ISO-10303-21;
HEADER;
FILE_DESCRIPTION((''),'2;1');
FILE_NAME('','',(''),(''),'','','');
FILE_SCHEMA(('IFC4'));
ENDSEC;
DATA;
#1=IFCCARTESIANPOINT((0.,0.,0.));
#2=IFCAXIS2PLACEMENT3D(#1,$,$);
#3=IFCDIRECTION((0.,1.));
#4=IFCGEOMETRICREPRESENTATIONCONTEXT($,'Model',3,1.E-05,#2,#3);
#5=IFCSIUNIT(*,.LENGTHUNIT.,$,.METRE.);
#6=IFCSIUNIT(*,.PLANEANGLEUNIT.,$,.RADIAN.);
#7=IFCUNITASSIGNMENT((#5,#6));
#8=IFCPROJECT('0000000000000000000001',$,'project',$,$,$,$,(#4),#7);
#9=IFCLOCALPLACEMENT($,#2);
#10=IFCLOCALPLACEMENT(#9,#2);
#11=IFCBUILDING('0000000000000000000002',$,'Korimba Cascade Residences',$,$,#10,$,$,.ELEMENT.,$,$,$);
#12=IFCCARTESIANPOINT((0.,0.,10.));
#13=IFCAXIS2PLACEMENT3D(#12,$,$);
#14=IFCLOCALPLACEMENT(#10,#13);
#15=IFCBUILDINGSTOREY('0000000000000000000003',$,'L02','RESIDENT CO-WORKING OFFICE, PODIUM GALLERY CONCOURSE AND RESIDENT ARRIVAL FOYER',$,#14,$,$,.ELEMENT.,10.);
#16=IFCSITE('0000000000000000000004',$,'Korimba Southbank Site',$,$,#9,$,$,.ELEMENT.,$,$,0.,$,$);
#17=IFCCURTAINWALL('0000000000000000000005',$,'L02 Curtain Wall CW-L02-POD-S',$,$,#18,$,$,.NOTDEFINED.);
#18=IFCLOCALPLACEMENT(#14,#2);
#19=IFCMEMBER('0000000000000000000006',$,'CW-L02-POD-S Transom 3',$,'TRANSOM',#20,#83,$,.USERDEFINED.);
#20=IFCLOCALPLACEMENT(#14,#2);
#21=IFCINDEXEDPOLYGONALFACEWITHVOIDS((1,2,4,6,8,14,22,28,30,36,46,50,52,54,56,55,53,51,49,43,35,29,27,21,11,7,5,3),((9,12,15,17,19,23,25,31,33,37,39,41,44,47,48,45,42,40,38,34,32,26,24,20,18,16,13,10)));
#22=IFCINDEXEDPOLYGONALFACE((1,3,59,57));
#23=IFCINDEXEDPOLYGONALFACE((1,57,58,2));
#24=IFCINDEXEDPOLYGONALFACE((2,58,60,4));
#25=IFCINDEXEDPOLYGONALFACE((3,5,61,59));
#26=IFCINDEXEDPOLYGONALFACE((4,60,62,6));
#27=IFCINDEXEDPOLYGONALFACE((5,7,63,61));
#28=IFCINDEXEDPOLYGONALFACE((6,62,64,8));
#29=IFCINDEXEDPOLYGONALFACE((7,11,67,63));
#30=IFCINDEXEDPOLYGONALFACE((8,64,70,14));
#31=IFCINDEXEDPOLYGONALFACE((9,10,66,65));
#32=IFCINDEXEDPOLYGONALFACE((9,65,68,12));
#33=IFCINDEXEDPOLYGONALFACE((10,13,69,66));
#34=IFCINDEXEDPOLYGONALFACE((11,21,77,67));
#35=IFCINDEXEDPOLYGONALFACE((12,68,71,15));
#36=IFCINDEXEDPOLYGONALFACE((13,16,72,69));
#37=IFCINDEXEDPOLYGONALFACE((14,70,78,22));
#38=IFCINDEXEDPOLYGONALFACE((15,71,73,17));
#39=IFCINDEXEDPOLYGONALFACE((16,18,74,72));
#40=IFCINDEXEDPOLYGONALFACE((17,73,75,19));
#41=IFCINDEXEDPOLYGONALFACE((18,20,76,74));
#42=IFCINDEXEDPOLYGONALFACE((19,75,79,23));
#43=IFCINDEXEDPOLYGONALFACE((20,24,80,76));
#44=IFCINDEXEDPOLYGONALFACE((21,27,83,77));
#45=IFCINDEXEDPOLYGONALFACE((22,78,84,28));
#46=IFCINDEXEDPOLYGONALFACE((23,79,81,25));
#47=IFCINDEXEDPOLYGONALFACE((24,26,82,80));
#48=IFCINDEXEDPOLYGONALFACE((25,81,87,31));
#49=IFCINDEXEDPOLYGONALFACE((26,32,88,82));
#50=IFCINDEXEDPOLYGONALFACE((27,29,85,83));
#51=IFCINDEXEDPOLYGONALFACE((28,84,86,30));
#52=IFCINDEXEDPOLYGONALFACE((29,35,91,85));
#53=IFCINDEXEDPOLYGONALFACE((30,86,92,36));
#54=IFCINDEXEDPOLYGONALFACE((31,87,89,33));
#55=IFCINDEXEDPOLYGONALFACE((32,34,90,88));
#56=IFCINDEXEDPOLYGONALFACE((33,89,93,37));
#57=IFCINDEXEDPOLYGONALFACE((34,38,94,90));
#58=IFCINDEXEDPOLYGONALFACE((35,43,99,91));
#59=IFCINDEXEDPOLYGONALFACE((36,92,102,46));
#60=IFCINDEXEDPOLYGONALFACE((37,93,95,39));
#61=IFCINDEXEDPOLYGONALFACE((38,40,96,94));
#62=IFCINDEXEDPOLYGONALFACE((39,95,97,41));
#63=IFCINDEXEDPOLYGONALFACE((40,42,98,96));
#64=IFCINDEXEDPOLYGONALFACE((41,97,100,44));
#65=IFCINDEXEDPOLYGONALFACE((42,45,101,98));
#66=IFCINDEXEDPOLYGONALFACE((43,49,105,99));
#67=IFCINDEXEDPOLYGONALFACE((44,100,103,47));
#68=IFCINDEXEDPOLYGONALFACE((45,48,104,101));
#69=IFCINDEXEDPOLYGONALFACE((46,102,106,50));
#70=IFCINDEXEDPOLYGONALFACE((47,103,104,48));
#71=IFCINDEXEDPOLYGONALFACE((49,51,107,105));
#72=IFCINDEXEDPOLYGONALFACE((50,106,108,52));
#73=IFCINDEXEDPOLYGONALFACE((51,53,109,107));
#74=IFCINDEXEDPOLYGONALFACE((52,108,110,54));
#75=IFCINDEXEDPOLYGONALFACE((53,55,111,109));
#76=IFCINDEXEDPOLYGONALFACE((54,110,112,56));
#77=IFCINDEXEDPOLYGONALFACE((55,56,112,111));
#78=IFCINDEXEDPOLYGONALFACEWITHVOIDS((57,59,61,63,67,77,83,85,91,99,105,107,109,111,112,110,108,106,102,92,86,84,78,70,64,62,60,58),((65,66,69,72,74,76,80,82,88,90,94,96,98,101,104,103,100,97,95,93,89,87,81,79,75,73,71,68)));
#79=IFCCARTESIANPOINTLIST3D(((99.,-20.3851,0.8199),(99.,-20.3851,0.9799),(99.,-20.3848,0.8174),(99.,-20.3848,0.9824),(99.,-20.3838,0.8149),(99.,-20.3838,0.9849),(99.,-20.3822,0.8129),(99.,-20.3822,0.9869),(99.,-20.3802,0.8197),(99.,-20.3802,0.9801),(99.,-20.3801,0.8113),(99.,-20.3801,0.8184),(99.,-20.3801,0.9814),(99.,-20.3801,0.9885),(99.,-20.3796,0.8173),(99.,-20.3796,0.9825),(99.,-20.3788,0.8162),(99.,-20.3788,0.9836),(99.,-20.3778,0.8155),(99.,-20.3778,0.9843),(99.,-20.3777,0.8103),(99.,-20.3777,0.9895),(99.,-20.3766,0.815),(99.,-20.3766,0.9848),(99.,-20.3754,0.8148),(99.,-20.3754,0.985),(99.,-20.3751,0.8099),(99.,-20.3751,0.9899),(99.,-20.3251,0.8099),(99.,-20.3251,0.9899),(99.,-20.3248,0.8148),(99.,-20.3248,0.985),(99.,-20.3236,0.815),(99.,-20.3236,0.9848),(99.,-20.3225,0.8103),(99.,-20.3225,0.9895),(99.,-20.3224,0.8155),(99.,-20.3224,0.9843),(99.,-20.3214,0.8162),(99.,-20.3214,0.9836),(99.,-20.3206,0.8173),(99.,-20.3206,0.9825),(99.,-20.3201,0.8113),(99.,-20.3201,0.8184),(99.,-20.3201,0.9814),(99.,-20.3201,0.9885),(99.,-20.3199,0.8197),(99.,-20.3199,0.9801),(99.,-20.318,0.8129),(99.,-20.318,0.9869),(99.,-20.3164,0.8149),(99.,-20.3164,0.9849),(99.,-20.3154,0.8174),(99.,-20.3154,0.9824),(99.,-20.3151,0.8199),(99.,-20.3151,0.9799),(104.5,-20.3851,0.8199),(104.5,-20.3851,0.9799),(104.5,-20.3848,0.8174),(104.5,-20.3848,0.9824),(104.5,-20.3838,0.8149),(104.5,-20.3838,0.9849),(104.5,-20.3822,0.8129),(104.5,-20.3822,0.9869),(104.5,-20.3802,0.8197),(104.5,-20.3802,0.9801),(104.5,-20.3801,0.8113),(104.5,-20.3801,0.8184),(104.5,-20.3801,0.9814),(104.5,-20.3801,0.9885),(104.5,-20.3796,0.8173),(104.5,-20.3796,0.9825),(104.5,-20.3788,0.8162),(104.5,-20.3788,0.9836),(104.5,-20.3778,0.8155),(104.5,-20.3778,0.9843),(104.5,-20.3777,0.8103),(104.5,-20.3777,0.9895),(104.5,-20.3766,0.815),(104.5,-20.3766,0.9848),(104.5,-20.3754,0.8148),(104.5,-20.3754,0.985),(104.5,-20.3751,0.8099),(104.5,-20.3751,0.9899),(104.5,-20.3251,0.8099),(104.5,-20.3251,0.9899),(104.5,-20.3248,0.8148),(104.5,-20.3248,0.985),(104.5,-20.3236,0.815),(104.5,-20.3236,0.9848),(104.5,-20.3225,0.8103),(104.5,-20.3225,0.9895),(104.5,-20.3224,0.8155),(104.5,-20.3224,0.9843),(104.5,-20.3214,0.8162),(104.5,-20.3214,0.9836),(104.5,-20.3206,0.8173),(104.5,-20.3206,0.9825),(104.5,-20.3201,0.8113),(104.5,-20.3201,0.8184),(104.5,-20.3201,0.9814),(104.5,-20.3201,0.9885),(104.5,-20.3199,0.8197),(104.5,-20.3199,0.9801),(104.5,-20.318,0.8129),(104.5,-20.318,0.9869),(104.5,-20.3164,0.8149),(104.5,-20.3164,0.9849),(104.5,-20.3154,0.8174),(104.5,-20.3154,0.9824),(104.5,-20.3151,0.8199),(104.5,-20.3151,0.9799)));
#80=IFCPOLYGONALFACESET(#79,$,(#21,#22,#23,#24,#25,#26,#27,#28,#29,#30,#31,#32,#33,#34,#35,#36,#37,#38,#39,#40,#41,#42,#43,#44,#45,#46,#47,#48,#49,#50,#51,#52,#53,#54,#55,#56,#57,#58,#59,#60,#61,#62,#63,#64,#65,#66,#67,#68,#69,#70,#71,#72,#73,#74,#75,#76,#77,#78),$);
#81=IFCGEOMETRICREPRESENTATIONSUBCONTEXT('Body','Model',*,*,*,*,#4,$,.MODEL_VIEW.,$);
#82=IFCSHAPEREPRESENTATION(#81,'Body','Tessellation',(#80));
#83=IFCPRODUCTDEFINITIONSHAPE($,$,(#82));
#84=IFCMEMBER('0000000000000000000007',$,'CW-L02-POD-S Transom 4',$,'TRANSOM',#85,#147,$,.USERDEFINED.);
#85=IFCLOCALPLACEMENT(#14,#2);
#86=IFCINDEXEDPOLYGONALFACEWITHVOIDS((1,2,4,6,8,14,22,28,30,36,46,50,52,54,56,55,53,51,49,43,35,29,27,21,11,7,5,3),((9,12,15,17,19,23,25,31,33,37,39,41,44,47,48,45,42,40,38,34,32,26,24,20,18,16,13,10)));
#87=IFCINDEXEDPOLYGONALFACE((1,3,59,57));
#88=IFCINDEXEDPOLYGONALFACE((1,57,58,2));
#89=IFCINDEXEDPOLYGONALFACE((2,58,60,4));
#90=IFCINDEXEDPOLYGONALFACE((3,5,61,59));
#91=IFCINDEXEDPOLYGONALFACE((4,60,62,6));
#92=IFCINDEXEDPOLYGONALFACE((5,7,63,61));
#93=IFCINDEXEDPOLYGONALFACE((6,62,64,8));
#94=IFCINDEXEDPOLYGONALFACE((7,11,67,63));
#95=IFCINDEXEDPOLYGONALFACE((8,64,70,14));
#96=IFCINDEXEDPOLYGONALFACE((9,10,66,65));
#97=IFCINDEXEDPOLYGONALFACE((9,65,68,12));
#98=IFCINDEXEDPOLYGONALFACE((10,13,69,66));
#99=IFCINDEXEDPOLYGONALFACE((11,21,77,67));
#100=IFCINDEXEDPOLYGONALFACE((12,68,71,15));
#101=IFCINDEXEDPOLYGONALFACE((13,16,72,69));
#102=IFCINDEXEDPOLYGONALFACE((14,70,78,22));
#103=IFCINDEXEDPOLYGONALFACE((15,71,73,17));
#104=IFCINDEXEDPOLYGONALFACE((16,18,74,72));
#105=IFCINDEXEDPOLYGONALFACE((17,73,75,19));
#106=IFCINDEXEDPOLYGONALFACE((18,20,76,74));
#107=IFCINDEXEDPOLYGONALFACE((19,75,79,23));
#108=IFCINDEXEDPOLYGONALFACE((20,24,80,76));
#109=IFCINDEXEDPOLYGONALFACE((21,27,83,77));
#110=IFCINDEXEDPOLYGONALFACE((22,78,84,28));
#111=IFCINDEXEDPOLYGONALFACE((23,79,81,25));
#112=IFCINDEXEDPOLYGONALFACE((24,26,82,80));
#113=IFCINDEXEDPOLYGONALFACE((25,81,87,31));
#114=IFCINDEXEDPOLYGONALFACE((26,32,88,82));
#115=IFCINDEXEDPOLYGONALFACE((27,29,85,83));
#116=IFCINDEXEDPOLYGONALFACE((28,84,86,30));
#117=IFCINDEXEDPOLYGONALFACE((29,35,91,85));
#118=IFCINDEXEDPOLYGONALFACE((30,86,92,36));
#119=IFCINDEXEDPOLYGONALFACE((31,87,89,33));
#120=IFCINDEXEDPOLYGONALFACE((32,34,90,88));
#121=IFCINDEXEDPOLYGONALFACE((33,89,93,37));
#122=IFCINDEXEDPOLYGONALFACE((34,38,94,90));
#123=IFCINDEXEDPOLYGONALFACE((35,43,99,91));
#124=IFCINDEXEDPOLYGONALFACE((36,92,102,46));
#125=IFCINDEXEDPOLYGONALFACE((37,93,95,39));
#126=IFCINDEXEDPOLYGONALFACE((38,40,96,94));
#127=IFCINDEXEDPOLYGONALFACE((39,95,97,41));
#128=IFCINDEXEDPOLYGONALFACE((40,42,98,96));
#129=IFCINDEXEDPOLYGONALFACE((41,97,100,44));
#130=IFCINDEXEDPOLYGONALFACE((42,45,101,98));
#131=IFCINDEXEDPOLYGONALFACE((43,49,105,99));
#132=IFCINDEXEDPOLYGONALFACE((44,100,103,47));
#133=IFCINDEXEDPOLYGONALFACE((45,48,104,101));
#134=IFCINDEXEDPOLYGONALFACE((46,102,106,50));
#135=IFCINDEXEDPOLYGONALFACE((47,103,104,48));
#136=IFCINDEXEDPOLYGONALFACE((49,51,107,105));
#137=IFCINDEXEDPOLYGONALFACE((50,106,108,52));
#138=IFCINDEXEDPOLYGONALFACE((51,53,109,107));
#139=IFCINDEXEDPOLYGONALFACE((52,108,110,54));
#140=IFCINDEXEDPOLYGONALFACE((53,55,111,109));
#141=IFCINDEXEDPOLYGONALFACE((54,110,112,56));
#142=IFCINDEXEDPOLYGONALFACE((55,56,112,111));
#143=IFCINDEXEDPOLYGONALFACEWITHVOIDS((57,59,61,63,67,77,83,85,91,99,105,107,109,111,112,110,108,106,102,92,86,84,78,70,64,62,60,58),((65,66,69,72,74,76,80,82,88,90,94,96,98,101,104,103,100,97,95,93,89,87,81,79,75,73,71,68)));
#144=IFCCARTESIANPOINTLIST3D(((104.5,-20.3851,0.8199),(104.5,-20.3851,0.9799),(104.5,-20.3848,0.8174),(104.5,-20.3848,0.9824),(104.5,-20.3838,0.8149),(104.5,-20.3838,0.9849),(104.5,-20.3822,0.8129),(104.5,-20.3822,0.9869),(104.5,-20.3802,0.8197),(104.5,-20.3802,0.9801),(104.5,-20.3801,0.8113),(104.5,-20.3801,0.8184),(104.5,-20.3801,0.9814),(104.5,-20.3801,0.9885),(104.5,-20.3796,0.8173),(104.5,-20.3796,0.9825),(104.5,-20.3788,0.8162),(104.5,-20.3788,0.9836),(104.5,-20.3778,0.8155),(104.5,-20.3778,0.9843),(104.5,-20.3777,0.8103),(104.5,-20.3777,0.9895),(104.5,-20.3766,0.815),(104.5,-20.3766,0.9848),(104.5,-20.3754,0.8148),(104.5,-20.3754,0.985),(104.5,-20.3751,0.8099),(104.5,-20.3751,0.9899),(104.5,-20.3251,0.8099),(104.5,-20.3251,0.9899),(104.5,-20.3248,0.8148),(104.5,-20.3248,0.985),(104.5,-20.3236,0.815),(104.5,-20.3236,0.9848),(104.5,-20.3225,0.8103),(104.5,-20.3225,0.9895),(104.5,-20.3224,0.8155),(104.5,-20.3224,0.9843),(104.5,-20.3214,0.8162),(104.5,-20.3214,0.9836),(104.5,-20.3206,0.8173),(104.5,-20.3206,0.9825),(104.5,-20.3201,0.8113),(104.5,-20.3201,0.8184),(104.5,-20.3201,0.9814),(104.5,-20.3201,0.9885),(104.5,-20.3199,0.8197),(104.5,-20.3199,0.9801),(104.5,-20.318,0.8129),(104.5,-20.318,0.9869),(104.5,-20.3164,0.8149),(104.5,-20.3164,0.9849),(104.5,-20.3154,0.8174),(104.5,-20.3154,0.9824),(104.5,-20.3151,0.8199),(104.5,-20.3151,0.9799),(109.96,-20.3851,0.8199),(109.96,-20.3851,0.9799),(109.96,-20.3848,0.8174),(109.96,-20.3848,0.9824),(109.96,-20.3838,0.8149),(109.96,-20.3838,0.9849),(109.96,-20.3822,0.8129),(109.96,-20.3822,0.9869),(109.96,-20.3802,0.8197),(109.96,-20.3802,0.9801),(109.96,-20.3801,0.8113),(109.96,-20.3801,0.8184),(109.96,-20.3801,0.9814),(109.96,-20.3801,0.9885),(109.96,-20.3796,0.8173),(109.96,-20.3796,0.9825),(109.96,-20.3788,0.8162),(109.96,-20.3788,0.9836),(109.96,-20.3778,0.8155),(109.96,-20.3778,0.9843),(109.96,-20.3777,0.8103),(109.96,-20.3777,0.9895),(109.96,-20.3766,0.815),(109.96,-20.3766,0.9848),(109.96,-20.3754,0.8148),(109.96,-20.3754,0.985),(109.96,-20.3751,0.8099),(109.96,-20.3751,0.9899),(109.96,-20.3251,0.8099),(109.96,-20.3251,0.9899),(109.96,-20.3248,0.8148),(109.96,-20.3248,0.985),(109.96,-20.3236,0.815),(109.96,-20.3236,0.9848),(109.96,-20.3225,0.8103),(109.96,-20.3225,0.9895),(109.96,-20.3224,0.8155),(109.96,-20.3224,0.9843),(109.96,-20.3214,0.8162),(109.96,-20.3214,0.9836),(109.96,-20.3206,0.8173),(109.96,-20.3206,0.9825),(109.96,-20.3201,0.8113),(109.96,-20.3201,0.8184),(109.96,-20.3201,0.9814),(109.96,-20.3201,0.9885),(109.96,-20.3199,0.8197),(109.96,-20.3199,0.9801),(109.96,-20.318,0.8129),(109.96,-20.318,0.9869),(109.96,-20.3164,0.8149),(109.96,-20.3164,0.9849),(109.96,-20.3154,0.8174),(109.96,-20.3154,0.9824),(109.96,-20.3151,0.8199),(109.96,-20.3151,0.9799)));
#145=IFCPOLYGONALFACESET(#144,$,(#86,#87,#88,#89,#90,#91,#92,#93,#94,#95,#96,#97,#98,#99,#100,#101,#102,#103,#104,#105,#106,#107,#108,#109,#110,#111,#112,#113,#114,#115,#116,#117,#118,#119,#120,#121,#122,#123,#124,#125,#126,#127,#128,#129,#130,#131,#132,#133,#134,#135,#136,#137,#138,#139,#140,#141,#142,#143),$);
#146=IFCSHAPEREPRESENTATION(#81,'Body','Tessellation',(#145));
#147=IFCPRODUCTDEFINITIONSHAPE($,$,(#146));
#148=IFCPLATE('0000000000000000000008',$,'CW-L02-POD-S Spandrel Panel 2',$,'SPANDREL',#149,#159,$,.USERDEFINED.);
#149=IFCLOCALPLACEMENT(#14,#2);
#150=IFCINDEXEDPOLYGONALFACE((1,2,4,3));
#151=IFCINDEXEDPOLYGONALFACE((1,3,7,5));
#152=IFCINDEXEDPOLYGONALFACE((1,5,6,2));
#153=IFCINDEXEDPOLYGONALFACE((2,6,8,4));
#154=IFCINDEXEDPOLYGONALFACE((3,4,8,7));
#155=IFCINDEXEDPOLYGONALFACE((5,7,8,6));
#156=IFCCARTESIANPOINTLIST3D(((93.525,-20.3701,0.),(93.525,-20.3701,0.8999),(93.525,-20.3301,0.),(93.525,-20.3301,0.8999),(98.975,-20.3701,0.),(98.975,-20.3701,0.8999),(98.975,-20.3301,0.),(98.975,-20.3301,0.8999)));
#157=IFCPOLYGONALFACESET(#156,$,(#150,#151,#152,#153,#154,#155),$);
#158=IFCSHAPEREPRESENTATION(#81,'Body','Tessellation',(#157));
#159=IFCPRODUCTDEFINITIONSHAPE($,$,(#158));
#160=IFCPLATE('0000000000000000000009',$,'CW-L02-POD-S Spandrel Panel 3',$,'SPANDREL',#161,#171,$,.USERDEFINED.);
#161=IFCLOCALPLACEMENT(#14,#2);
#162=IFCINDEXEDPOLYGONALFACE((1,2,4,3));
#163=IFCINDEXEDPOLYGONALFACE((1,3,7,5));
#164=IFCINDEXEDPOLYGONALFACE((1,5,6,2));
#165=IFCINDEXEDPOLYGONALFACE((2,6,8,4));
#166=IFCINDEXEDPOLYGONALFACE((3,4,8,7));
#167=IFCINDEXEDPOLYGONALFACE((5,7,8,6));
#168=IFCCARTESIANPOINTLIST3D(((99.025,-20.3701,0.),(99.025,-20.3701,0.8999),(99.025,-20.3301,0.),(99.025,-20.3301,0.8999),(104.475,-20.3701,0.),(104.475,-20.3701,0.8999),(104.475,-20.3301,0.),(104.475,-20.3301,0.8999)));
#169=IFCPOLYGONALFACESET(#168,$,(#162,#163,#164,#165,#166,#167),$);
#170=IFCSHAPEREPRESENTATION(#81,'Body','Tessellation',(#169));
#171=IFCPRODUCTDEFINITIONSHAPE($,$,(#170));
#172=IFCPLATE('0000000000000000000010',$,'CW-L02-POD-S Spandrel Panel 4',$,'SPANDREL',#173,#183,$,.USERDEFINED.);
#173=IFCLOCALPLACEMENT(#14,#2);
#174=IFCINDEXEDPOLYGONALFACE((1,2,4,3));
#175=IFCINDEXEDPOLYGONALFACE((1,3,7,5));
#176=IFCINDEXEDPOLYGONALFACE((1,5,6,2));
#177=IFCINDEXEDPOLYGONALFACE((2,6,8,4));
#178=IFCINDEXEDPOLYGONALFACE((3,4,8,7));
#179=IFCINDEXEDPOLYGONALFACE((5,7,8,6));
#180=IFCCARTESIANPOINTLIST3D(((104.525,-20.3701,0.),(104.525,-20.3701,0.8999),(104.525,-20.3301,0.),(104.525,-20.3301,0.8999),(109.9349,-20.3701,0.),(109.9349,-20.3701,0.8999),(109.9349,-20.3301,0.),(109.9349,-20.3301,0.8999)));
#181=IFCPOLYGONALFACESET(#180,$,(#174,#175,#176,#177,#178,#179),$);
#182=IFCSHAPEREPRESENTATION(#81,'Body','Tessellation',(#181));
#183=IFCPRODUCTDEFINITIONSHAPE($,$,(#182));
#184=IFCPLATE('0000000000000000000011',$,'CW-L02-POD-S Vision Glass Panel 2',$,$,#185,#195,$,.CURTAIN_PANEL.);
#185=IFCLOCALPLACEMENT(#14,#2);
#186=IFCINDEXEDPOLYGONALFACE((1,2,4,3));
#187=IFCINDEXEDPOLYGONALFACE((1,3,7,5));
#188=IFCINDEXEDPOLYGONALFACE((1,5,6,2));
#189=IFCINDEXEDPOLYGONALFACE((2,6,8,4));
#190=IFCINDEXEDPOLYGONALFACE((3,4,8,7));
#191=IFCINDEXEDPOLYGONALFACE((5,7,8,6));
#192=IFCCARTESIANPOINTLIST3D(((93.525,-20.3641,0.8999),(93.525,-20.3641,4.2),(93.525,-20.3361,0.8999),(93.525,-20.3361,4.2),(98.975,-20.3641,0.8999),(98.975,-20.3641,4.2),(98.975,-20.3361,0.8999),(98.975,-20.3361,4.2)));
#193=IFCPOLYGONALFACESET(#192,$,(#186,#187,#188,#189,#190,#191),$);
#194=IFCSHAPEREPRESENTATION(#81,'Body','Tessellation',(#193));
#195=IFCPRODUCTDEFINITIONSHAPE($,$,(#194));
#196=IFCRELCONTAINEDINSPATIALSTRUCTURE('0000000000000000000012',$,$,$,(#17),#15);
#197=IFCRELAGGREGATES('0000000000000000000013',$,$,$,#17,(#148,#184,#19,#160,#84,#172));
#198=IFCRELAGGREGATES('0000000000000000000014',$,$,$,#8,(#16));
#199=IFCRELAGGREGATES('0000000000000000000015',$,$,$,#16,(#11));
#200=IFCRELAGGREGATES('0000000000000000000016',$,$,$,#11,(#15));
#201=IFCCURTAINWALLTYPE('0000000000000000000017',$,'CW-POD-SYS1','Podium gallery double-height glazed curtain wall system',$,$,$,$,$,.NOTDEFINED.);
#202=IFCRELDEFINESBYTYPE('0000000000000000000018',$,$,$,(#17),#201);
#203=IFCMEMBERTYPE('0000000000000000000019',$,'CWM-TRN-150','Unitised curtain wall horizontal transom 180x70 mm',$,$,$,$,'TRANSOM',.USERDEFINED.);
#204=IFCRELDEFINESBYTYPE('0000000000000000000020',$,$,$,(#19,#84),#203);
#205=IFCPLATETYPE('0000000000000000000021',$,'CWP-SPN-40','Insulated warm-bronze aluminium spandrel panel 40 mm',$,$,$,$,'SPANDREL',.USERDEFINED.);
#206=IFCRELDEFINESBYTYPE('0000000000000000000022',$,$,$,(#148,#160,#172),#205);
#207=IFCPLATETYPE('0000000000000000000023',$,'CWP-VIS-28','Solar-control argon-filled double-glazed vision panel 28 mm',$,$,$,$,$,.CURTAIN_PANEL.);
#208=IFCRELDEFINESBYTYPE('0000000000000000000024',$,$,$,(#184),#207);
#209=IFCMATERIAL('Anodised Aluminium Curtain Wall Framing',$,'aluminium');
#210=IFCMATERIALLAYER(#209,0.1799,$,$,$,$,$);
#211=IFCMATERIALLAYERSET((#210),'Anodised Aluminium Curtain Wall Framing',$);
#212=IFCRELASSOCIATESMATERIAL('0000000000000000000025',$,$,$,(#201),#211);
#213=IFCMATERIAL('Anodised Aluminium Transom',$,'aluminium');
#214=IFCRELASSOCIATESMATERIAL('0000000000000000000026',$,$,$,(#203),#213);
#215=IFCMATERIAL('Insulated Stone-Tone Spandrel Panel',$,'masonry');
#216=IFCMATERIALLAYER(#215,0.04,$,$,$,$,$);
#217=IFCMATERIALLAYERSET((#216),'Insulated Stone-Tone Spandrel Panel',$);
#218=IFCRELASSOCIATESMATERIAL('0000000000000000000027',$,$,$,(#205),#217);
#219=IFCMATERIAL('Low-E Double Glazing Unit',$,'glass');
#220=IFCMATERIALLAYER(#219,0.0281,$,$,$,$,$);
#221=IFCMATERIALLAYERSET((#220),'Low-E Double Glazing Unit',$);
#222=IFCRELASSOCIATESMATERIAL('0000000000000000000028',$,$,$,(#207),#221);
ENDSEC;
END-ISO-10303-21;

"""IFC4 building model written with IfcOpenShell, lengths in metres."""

from ifc_helpers import new_model, si_unit, direction, frame, origin, origin_2d, place, context, subcontext, project, spatial, rectangle, hollow_rectangle, extrude, material, layer, layer_set, material_profile, profile_set, type_object, element, aggregate, save


model = new_model("IFC4")

# Units and contexts
model_context = context("Model", 3, precision=1e-05, world=origin(), true_north=direction((0.0, 1.0)))
body_context = subcontext(model_context, "Body", "Model", "MODEL_VIEW")
ifc_project = project(units=[si_unit("LENGTHUNIT", "METRE"), si_unit("PLANEANGLEUNIT", "RADIAN")], contexts=[model_context])

# Site, building, storey
site_placement = place(None, origin())
site = spatial("IfcSite", under=ifc_project, at=site_placement, Name="Korimba Southbank Site", CompositionType="ELEMENT", RefElevation=0.0)
building_placement = place(site_placement, origin())
building = spatial("IfcBuilding", under=site, at=building_placement, Name="Korimba Cascade Residences", CompositionType="ELEMENT")
storey_placement = place(building_placement, frame((0.0, 0.0, 10.0)))
storey = spatial("IfcBuildingStorey", under=building, at=storey_placement, Name="L02", Description="RESIDENT CO-WORKING OFFICE, PODIUM GALLERY CONCOURSE AND RESIDENT ARRIVAL FOYER", CompositionType="ELEMENT", Elevation=10.0)

# Curtain wall, members, plates
ifc_material_1 = material(Name="Anodised Aluminium Curtain Wall Framing", Category="aluminium")
ifc_layer_1 = layer(ifc_material_1, 0.1799)
ifc_layer_set_1 = layer_set([ifc_layer_1], Name="Anodised Aluminium Curtain Wall Framing")
curtain_wall_type = type_object("IfcCurtainWallType", Name="CW-POD-SYS1", Description="Podium gallery double-height glazed curtain wall system", PredefinedType="NOTDEFINED", material=ifc_layer_set_1)
curtain_wall_placement = place(storey_placement, origin())
curtain_wall = element("IfcCurtainWall", 1, at=curtain_wall_placement, inside=storey, type_object=curtain_wall_type, Name="L02 Curtain Wall CW-L02-POD-S", PredefinedType="NOTDEFINED")
ifc_material_2 = material(Name="Anodised Aluminium Transom", Category="aluminium")
ifc_material_profile_1 = material_profile(ifc_material_2, hollow_rectangle(XDim=0.0701, YDim=0.1799, WallThickness=0.0049, InnerFilletRadius=0.0049, OuterFilletRadius=0.01, at=origin_2d()), Name="Anodised Aluminium Transom")
ifc_profile_set_1 = profile_set([ifc_material_profile_1], Name="Anodised Aluminium Transom")
member_type_1 = type_object("IfcMemberType", Name="CWM-TRN-150", Description="Unitised curtain wall horizontal transom 180x70 mm", ElementType="TRANSOM", PredefinedType="USERDEFINED", material=ifc_profile_set_1)
member_1_placement = place(storey_placement, frame((99.0, -20.3501, 0.8999), z_axis=(1.0, 0.0, 0.0), x_axis=(0.0, 1.0, 0.0)))
member_1 = element("IfcMember", 2, at=member_1_placement, type_object=member_type_1, Name="CW-L02-POD-S Transom 3", ObjectType="TRANSOM", PredefinedType="USERDEFINED", context=body_context, shape_type="SweptSolid", body=[
    extrude(hollow_rectangle(XDim=0.0701, YDim=0.1799, WallThickness=0.0049, InnerFilletRadius=0.0049, OuterFilletRadius=0.01, at=origin_2d()), origin(), (0.0, 0.0, 1.0), 5.5),
])
member_2_placement = place(storey_placement, frame((104.5, -20.3501, 0.8999), z_axis=(1.0, 0.0, 0.0), x_axis=(0.0, 1.0, 0.0)))
member_2 = element("IfcMember", 3, at=member_2_placement, type_object=member_type_1, Name="CW-L02-POD-S Transom 4", ObjectType="TRANSOM", PredefinedType="USERDEFINED", context=body_context, shape_type="SweptSolid", body=[
    extrude(hollow_rectangle(XDim=0.0701, YDim=0.1799, WallThickness=0.0049, InnerFilletRadius=0.0049, OuterFilletRadius=0.01, at=origin_2d()), origin(), (0.0, 0.0, 1.0), 5.46),
])
ifc_material_3 = material(Name="Insulated Stone-Tone Spandrel Panel", Category="masonry")
ifc_layer_2 = layer(ifc_material_3, 0.04)
ifc_layer_set_2 = layer_set([ifc_layer_2], Name="Insulated Stone-Tone Spandrel Panel")
plate_type_1 = type_object("IfcPlateType", Name="CWP-SPN-40", Description="Insulated warm-bronze aluminium spandrel panel 40 mm", ElementType="SPANDREL", PredefinedType="USERDEFINED", material=ifc_layer_set_2)
plate_1_placement = place(storey_placement, frame((96.25, -20.3501, 0.0), z_axis=(0.0, 0.0, 1.0), x_axis=(1.0, 0.0, 0.0)))
plate_1 = element("IfcPlate", 4, at=plate_1_placement, type_object=plate_type_1, Name="CW-L02-POD-S Spandrel Panel 2", ObjectType="SPANDREL", PredefinedType="USERDEFINED", context=body_context, shape_type="SweptSolid", body=[
    extrude(rectangle(XDim=5.45, YDim=0.04, at=origin_2d()), origin(), (0.0, 0.0, 1.0), 0.8999),
])
plate_2_placement = place(storey_placement, frame((101.75, -20.3501, 0.0), z_axis=(0.0, 0.0, 1.0), x_axis=(1.0, 0.0, 0.0)))
plate_2 = element("IfcPlate", 5, at=plate_2_placement, type_object=plate_type_1, Name="CW-L02-POD-S Spandrel Panel 3", ObjectType="SPANDREL", PredefinedType="USERDEFINED", context=body_context, shape_type="SweptSolid", body=[
    extrude(rectangle(XDim=5.45, YDim=0.04, at=origin_2d()), origin(), (0.0, 0.0, 1.0), 0.8999),
])
plate_3_placement = place(storey_placement, frame((107.23, -20.3501, 0.0), z_axis=(0.0, 0.0, 1.0), x_axis=(1.0, 0.0, 0.0)))
plate_3 = element("IfcPlate", 6, at=plate_3_placement, type_object=plate_type_1, Name="CW-L02-POD-S Spandrel Panel 4", ObjectType="SPANDREL", PredefinedType="USERDEFINED", context=body_context, shape_type="SweptSolid", body=[
    extrude(rectangle(XDim=5.4099, YDim=0.04, at=origin_2d()), origin(), (0.0, 0.0, 1.0), 0.8999),
])
ifc_material_4 = material(Name="Low-E Double Glazing Unit", Category="glass")
ifc_layer_3 = layer(ifc_material_4, 0.0281)
ifc_layer_set_3 = layer_set([ifc_layer_3], Name="Low-E Double Glazing Unit")
plate_type_2 = type_object("IfcPlateType", Name="CWP-VIS-28", Description="Solar-control argon-filled double-glazed vision panel 28 mm", PredefinedType="CURTAIN_PANEL", material=ifc_layer_set_3)
plate_4_placement = place(storey_placement, frame((96.25, -20.3501, 0.8999), z_axis=(0.0, 0.0, 1.0), x_axis=(1.0, 0.0, 0.0)))
plate_4 = element("IfcPlate", 7, at=plate_4_placement, type_object=plate_type_2, Name="CW-L02-POD-S Vision Glass Panel 2", PredefinedType="CURTAIN_PANEL", context=body_context, shape_type="SweptSolid", body=[
    extrude(rectangle(XDim=5.45, YDim=0.0281, at=origin_2d()), origin(), (0.0, 0.0, 1.0), 3.3),
])
aggregate(curtain_wall, [plate_1, plate_4, member_1, plate_2, member_2, plate_3])

save(model, "model.ifc")
